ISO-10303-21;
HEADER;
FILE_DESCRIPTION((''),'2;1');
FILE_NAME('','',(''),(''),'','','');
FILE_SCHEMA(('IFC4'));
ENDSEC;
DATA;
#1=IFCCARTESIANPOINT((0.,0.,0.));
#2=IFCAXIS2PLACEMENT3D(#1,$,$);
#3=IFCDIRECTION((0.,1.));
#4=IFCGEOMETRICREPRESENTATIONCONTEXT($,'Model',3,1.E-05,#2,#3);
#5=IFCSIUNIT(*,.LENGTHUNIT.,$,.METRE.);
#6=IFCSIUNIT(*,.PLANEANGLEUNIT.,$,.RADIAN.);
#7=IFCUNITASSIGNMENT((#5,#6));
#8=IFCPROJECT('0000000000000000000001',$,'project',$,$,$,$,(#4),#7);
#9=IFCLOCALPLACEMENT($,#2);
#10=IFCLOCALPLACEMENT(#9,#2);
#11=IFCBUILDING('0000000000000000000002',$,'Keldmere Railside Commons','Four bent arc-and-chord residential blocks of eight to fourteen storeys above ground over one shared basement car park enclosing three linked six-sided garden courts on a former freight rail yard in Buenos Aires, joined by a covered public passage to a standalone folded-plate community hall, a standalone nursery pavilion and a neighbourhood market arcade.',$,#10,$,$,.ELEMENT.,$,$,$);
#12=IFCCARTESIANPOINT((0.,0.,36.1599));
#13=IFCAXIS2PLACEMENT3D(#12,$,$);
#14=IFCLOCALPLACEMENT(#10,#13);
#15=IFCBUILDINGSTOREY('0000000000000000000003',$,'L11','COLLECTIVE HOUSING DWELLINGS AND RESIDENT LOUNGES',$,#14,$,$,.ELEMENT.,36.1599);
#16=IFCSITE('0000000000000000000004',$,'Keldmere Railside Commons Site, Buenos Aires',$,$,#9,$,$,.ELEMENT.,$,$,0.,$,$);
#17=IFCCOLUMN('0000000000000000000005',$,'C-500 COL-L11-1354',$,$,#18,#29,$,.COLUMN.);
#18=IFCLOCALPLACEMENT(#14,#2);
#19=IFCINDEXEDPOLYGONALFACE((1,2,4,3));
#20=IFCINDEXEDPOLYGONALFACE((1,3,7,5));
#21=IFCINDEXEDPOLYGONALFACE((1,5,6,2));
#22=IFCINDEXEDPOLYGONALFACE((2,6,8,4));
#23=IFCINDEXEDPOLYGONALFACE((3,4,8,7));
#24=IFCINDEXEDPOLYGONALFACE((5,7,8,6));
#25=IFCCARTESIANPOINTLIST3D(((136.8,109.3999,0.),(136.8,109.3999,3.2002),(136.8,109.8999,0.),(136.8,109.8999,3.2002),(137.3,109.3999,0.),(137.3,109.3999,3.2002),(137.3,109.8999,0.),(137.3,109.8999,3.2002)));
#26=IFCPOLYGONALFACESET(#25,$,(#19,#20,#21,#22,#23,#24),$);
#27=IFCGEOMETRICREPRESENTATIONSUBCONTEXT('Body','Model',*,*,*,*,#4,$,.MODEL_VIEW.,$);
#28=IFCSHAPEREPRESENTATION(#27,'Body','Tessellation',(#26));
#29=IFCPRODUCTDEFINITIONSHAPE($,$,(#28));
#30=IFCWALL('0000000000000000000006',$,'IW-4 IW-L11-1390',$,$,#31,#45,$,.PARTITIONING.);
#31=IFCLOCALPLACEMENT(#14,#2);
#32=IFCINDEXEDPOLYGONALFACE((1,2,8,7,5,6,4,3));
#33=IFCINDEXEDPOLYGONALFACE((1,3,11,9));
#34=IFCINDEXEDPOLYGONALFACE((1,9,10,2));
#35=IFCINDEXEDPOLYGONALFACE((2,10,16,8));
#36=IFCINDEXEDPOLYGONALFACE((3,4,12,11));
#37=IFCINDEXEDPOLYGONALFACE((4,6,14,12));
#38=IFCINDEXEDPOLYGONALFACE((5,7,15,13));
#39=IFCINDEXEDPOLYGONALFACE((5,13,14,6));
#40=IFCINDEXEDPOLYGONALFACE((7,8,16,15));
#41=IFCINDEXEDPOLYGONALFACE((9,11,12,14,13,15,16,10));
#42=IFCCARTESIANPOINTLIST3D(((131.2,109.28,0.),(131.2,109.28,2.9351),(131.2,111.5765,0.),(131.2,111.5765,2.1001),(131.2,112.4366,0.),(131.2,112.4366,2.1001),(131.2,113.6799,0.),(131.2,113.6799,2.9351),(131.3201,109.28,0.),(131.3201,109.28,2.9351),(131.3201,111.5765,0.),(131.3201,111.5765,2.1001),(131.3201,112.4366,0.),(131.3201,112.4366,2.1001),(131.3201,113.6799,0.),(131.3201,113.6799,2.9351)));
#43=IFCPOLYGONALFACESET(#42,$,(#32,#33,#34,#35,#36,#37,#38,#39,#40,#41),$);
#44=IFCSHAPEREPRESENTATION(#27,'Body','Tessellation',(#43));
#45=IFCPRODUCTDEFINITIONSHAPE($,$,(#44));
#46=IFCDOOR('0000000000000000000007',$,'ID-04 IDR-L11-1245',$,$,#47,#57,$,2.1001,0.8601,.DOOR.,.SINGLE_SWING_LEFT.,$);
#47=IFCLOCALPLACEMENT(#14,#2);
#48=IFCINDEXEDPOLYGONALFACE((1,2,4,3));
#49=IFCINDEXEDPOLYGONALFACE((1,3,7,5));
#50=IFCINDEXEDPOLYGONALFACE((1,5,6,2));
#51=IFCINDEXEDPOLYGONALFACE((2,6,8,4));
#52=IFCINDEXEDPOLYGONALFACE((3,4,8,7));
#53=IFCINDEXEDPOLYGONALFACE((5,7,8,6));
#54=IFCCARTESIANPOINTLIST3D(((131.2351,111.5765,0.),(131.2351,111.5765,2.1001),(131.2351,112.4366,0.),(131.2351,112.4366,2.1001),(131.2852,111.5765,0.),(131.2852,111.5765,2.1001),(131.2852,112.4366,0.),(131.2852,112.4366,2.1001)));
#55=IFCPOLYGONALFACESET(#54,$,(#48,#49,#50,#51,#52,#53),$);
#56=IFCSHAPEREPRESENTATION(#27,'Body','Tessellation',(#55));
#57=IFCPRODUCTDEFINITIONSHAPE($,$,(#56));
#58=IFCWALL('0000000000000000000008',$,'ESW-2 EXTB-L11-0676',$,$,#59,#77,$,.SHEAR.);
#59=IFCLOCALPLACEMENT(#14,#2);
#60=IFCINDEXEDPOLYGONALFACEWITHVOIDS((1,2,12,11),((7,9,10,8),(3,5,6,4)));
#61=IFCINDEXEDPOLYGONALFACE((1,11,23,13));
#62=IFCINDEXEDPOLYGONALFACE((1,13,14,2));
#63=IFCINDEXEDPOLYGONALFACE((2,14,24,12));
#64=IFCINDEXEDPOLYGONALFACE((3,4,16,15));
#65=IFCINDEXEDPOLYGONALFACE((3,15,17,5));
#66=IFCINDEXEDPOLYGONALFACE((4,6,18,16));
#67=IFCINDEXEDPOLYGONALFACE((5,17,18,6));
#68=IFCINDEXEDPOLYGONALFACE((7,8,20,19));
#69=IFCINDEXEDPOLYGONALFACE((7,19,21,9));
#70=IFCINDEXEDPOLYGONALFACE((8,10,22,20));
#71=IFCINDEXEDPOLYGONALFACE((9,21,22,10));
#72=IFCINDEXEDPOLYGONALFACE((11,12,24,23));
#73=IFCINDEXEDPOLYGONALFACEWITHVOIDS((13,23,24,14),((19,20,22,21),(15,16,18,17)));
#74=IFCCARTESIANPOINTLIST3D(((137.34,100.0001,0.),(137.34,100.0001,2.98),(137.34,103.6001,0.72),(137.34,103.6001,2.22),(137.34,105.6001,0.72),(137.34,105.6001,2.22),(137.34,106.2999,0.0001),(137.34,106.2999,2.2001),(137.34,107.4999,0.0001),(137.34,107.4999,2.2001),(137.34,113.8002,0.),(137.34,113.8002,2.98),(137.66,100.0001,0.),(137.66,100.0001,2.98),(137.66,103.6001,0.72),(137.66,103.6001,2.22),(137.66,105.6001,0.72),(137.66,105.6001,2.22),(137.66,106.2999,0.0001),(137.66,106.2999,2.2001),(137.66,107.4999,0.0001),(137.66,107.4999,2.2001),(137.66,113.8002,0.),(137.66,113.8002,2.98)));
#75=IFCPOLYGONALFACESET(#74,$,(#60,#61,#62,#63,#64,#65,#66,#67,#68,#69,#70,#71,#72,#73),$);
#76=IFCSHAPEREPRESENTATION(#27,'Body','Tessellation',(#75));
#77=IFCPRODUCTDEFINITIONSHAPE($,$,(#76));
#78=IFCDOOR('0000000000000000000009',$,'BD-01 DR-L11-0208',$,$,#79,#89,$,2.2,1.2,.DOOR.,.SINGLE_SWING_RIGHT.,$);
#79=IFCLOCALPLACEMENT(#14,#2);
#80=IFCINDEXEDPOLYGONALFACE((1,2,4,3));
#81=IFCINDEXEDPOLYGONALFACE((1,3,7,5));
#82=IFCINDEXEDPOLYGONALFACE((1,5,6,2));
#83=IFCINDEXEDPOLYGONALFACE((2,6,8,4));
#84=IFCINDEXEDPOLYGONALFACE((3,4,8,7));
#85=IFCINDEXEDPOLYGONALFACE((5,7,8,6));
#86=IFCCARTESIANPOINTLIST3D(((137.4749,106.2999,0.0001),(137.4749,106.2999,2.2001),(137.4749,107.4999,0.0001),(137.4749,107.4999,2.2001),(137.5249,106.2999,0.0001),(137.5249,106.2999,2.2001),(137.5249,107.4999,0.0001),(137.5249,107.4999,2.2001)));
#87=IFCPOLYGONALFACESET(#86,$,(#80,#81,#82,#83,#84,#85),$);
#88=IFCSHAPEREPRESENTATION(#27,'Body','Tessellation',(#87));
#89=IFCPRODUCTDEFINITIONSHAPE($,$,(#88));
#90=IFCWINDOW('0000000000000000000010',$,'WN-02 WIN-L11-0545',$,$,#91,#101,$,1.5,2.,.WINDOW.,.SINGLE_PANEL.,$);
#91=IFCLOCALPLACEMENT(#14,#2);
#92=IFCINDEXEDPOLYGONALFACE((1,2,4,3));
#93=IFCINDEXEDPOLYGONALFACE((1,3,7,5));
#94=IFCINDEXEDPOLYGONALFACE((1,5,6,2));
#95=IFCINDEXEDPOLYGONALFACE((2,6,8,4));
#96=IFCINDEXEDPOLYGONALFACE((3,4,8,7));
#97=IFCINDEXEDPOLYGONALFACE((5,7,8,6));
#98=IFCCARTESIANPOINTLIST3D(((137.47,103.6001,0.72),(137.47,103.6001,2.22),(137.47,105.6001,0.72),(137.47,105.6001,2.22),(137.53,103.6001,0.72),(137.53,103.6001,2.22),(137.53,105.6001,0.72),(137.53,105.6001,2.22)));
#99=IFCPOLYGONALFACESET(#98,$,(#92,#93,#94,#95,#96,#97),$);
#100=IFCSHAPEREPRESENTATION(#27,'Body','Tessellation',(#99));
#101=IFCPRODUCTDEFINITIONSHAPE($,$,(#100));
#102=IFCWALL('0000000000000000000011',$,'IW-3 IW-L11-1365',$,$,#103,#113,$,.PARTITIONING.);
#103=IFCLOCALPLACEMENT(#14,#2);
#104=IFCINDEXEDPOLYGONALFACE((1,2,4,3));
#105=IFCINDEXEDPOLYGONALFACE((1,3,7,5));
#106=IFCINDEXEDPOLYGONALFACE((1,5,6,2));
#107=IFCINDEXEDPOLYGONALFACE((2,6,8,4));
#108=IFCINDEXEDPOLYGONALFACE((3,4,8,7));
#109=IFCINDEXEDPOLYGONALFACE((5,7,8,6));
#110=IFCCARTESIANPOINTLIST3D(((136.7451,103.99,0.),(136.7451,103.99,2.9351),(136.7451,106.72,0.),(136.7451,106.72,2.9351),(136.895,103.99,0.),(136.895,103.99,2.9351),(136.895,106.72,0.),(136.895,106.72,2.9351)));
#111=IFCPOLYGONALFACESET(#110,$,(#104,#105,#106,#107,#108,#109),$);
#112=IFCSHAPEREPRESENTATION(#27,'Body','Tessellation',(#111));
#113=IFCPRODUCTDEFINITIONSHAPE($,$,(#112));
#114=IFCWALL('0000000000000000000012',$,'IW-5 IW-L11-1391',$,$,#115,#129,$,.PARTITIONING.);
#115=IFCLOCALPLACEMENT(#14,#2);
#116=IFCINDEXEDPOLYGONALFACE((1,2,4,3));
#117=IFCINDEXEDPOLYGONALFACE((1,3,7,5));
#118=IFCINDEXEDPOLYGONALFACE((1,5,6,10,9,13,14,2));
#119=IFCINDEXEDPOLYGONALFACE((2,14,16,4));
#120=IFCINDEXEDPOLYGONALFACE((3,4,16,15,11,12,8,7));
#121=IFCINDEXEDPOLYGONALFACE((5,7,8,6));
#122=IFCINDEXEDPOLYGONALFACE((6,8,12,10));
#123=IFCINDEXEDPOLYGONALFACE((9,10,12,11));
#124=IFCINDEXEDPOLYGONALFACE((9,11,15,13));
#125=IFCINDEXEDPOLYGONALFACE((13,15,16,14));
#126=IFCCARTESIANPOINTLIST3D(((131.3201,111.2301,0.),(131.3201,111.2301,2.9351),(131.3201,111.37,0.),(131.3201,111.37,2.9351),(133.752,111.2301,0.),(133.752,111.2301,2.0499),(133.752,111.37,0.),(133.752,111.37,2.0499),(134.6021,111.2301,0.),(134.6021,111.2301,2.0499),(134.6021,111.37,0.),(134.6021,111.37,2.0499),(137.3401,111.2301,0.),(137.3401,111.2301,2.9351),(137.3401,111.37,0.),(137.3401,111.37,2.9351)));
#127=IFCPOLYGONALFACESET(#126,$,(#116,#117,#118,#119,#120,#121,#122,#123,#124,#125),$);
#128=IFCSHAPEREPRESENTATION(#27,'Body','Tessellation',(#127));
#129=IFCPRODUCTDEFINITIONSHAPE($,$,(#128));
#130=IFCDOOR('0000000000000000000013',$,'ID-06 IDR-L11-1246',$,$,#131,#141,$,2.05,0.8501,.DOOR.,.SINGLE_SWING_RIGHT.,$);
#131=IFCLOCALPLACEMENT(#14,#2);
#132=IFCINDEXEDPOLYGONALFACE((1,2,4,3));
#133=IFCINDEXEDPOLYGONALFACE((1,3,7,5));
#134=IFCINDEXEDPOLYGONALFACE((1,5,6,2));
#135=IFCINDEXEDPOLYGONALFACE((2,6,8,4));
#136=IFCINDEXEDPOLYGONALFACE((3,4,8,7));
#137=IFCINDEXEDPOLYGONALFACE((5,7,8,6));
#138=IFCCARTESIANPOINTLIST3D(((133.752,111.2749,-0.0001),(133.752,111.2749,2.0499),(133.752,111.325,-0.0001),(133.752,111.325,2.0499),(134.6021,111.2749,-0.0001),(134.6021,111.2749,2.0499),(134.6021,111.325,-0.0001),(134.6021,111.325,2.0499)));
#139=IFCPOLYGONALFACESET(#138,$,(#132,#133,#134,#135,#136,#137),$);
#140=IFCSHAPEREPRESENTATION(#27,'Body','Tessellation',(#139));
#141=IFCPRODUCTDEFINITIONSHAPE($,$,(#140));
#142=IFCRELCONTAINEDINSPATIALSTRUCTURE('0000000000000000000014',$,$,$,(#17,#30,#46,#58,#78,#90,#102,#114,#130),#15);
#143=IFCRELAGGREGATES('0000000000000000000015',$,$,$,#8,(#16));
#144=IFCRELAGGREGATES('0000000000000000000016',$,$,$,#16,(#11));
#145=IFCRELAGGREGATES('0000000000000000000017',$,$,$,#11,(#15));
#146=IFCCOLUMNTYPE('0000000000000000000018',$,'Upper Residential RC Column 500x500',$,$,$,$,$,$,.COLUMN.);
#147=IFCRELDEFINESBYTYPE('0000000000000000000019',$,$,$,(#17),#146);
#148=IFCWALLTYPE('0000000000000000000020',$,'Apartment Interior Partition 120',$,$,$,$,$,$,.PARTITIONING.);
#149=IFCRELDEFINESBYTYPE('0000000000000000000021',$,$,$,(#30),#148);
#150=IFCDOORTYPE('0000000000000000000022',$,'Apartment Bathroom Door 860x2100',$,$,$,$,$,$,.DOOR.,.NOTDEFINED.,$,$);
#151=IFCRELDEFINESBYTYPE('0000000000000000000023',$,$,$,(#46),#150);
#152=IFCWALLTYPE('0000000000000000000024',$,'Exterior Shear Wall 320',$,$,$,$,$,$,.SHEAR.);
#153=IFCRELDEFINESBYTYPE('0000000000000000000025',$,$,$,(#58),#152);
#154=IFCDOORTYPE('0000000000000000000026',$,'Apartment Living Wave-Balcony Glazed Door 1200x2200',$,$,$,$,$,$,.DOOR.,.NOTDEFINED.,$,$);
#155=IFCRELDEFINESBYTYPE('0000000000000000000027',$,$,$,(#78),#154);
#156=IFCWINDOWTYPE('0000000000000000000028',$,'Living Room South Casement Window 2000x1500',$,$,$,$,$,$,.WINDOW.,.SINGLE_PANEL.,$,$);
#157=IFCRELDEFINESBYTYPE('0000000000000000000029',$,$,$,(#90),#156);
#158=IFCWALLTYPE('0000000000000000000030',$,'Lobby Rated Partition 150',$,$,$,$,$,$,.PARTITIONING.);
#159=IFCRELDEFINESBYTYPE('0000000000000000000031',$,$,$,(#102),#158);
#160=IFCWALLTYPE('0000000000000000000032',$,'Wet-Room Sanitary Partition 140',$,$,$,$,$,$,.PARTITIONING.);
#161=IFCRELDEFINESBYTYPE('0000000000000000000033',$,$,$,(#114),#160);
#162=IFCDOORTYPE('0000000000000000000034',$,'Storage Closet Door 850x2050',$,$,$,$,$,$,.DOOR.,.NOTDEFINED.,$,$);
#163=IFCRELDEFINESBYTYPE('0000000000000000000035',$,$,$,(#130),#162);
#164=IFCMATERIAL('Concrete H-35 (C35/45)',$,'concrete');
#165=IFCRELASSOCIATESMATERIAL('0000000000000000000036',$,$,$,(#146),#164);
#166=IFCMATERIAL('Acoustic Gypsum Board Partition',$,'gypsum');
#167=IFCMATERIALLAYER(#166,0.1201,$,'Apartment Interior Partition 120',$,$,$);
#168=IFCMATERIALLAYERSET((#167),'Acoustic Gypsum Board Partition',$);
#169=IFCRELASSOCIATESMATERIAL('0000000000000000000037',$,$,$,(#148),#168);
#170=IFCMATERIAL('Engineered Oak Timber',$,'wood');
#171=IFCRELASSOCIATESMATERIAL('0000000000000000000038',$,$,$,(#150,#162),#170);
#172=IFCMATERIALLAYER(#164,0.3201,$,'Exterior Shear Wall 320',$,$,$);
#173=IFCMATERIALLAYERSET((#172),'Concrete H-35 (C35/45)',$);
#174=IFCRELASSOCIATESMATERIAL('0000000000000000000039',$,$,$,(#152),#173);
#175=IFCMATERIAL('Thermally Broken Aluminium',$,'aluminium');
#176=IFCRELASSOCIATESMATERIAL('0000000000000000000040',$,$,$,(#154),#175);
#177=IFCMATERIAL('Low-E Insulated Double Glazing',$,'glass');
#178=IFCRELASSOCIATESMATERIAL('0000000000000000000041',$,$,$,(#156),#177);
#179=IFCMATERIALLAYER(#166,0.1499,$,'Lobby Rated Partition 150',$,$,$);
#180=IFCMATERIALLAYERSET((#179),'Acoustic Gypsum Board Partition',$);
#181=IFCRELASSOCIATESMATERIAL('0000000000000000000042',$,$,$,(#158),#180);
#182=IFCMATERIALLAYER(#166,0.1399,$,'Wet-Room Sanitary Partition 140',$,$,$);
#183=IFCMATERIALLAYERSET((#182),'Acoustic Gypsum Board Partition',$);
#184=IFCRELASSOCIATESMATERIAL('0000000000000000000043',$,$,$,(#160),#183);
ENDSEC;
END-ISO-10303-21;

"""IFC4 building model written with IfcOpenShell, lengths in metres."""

from ifc_helpers import new_model, si_unit, direction, frame, frame_2d, origin, origin_2d, place, context, subcontext, project, spatial, rectangle, extrude, material, layer, layer_set, material_profile, profile_set, type_object, element, fill, save


model = new_model("IFC4")

# Units and contexts
model_context = context("Model", 3, precision=1e-05, world=origin(), true_north=direction((0.0, 1.0)))
body_context = subcontext(model_context, "Body", "Model", "MODEL_VIEW")
ifc_project = project(units=[si_unit("LENGTHUNIT", "METRE"), si_unit("PLANEANGLEUNIT", "RADIAN")], contexts=[model_context])

# Site, building, storey
site_placement = place(None, origin())
site = spatial("IfcSite", under=ifc_project, at=site_placement, Name="Keldmere Railside Commons Site, Buenos Aires", CompositionType="ELEMENT", RefElevation=0.0)
building_placement = place(site_placement, origin())
building = spatial("IfcBuilding", under=site, at=building_placement, Name="Keldmere Railside Commons", Description="Four bent arc-and-chord residential blocks of eight to fourteen storeys above ground over one shared basement car park enclosing three linked six-sided garden courts on a former freight rail yard in Buenos Aires, joined by a covered public passage to a standalone folded-plate community hall, a standalone nursery pavilion and a neighbourhood market arcade.", CompositionType="ELEMENT")
storey_placement = place(building_placement, frame((0.0, 0.0, 36.1599)))
storey = spatial("IfcBuildingStorey", under=building, at=storey_placement, Name="L11", Description="COLLECTIVE HOUSING DWELLINGS AND RESIDENT LOUNGES", CompositionType="ELEMENT", Elevation=36.1599)

# Column
ifc_material_1 = material(Name="Concrete H-35 (C35/45)", Category="concrete")
ifc_material_profile = material_profile(ifc_material_1, rectangle(XDim=0.5, YDim=0.5, at=origin_2d()), Name="RC-500x500")
ifc_profile_set = profile_set([ifc_material_profile], Name="Concrete H-35 (C35/45)")
column_type = type_object("IfcColumnType", Name="Upper Residential RC Column 500x500", PredefinedType="COLUMN", material=ifc_profile_set)
column_placement = place(storey_placement, frame((137.05, 109.6499, 0.0), z_axis=(0.0, 0.0, 1.0), x_axis=(1.0, 0.0, 0.0)))
element("IfcColumn", 1, at=column_placement, inside=storey, type_object=column_type, Name="C-500 COL-L11-1354", PredefinedType="COLUMN", context=body_context, shape_type="SweptSolid", body=[
    extrude(rectangle(XDim=0.5, YDim=0.5, at=origin_2d()), origin(), (0.0, 0.0, 1.0), 3.2002),
])

# Wall, opening, door
ifc_material_2 = material(Name="Acoustic Gypsum Board Partition", Category="gypsum")
ifc_layer_1 = layer(ifc_material_2, 0.1201, Name="Apartment Interior Partition 120")
ifc_layer_set_1 = layer_set([ifc_layer_1], Name="Acoustic Gypsum Board Partition")
wall_type_1 = type_object("IfcWallType", Name="Apartment Interior Partition 120", PredefinedType="PARTITIONING", material=ifc_layer_set_1)
wall_1_placement = place(storey_placement, frame((131.26, 109.28, 0.0), z_axis=(0.0, 0.0, 1.0), x_axis=(0.0, 1.0, 0.0)))
wall_1 = element("IfcWall", 2, at=wall_1_placement, inside=storey, type_object=wall_type_1, Name="IW-4 IW-L11-1390", PredefinedType="PARTITIONING", context=body_context, shape_type="SweptSolid", body=[
    extrude(rectangle(XDim=4.3999, YDim=0.1201, at=frame_2d((2.2, 0.0))), origin(), (0.0, 0.0, 1.0), 2.9351),
])
opening_1_placement = place(wall_1_placement, frame((2.2964, 0.0, 0.0)))
opening_1 = element("IfcOpeningElement", 3, at=opening_1_placement, cuts=wall_1, PredefinedType="OPENING", context=body_context, shape_type="SweptSolid", body=[
    extrude(rectangle(XDim=0.8601, YDim=2.1001, at=frame_2d((0.4302, 1.05))), frame((0.0, 0.0701, 0.0), z_axis=(0.0, -1.0, 0.0), x_axis=(1.0, 0.0, 0.0)), (0.0, 0.0, 1.0), 0.1401),
])
ifc_material_3 = material(Name="Engineered Oak Timber", Category="wood")
door_type_1 = type_object("IfcDoorType", Name="Apartment Bathroom Door 860x2100", OperationType="NOTDEFINED", PredefinedType="DOOR", material=ifc_material_3)
door_1_placement = place(opening_1_placement, origin())
door_1 = element("IfcDoor", 4, at=door_1_placement, inside=storey, type_object=door_type_1, Name="ID-04 IDR-L11-1245", OperationType="SINGLE_SWING_LEFT", OverallHeight=2.1001, OverallWidth=0.8601, PredefinedType="DOOR", context=body_context, shape_type="SweptSolid", body=[
    extrude(rectangle(XDim=0.8601, YDim=2.1001, at=frame_2d((0.4302, 1.05))), frame((0.0, 0.0249, 0.0), z_axis=(0.0, -1.0, 0.0), x_axis=(1.0, 0.0, 0.0)), (0.0, 0.0, 1.0), 0.05),
])
fill(opening_1, door_1)

# Wall, openings, door, window
ifc_layer_2 = layer(ifc_material_1, 0.3201, Name="Exterior Shear Wall 320")
ifc_layer_set_2 = layer_set([ifc_layer_2], Name="Concrete H-35 (C35/45)")
wall_type_2 = type_object("IfcWallType", Name="Exterior Shear Wall 320", PredefinedType="SHEAR", material=ifc_layer_set_2)
wall_2_placement = place(storey_placement, frame((137.5, 113.8, 0.0), z_axis=(0.0, 0.0, 1.0), x_axis=(0.0, -1.0, 0.0)))
wall_2 = element("IfcWall", 5, at=wall_2_placement, inside=storey, type_object=wall_type_2, Name="ESW-2 EXTB-L11-0676", PredefinedType="SHEAR", context=body_context, shape_type="SweptSolid", body=[
    extrude(rectangle(XDim=13.8, YDim=0.3201, at=frame_2d((6.8999, 0.0))), origin(), (0.0, 0.0, 1.0), 2.98),
])
opening_2_placement = place(wall_2_placement, frame((6.3, 0.0, 0.0)))
opening_2 = element("IfcOpeningElement", 6, at=opening_2_placement, cuts=wall_2, PredefinedType="OPENING", context=body_context, shape_type="SweptSolid", body=[
    extrude(rectangle(XDim=1.2, YDim=2.2, at=frame_2d((0.6001, 1.1001))), frame((0.0, 0.1699, 0.0), z_axis=(0.0, -1.0, 0.0), x_axis=(1.0, 0.0, 0.0)), (0.0, 0.0, 1.0), 0.3401),
])
opening_3_placement = place(wall_2_placement, frame((8.2, 0.0, 0.72)))
opening_3 = element("IfcOpeningElement", 7, at=opening_3_placement, cuts=wall_2, PredefinedType="OPENING", context=body_context, shape_type="SweptSolid", body=[
    extrude(rectangle(XDim=2.0, YDim=1.5, at=frame_2d((1.0, 0.75))), frame((0.0, 0.1699, 0.0), z_axis=(0.0, -1.0, 0.0), x_axis=(1.0, 0.0, 0.0)), (0.0, 0.0, 1.0), 0.3401),
])
ifc_material_4 = material(Name="Thermally Broken Aluminium", Category="aluminium")
door_type_2 = type_object("IfcDoorType", Name="Apartment Living Wave-Balcony Glazed Door 1200x2200", OperationType="NOTDEFINED", PredefinedType="DOOR", material=ifc_material_4)
door_2_placement = place(opening_2_placement, origin())
door_2 = element("IfcDoor", 8, at=door_2_placement, inside=storey, type_object=door_type_2, Name="BD-01 DR-L11-0208", OperationType="SINGLE_SWING_RIGHT", OverallHeight=2.2, OverallWidth=1.2, PredefinedType="DOOR", context=body_context, shape_type="SweptSolid", body=[
    extrude(rectangle(XDim=1.2, YDim=2.2, at=frame_2d((0.6001, 1.1001))), frame((0.0, 0.0249, 0.0), z_axis=(0.0, -1.0, 0.0), x_axis=(1.0, 0.0, 0.0)), (0.0, 0.0, 1.0), 0.05),
])
fill(opening_2, door_2)
ifc_material_5 = material(Name="Low-E Insulated Double Glazing", Category="glass")
window_type = type_object("IfcWindowType", Name="Living Room South Casement Window 2000x1500", PartitioningType="SINGLE_PANEL", PredefinedType="WINDOW", material=ifc_material_5)
window_placement = place(opening_3_placement, origin())
window = element("IfcWindow", 9, at=window_placement, inside=storey, type_object=window_type, Name="WN-02 WIN-L11-0545", OverallHeight=1.5, OverallWidth=2.0, PartitioningType="SINGLE_PANEL", PredefinedType="WINDOW", context=body_context, shape_type="SweptSolid", body=[
    extrude(rectangle(XDim=2.0, YDim=1.5, at=frame_2d((1.0, 0.75))), frame((0.0, 0.03, 0.0), z_axis=(0.0, -1.0, 0.0), x_axis=(1.0, 0.0, 0.0)), (0.0, 0.0, 1.0), 0.0601),
])
fill(opening_3, window)

# Wall
ifc_layer_3 = layer(ifc_material_2, 0.1499, Name="Lobby Rated Partition 150")
ifc_layer_set_3 = layer_set([ifc_layer_3], Name="Acoustic Gypsum Board Partition")
wall_type_3 = type_object("IfcWallType", Name="Lobby Rated Partition 150", PredefinedType="PARTITIONING", material=ifc_layer_set_3)
wall_3_placement = place(storey_placement, frame((136.8201, 103.99, 0.0), z_axis=(0.0, 0.0, 1.0), x_axis=(0.0, 1.0, 0.0)))
element("IfcWall", 10, at=wall_3_placement, inside=storey, type_object=wall_type_3, Name="IW-3 IW-L11-1365", PredefinedType="PARTITIONING", context=body_context, shape_type="SweptSolid", body=[
    extrude(rectangle(XDim=2.73, YDim=0.1499, at=frame_2d((1.365, 0.0))), origin(), (0.0, 0.0, 1.0), 2.9351),
])

# Wall, opening, door
ifc_layer_4 = layer(ifc_material_2, 0.1399, Name="Wet-Room Sanitary Partition 140")
ifc_layer_set_4 = layer_set([ifc_layer_4], Name="Acoustic Gypsum Board Partition")
wall_type_4 = type_object("IfcWallType", Name="Wet-Room Sanitary Partition 140", PredefinedType="PARTITIONING", material=ifc_layer_set_4)
wall_4_placement = place(storey_placement, frame((131.3201, 111.3, 0.0), z_axis=(0.0, 0.0, 1.0), x_axis=(1.0, 0.0, 0.0)))
wall_4 = element("IfcWall", 11, at=wall_4_placement, inside=storey, type_object=wall_type_4, Name="IW-5 IW-L11-1391", PredefinedType="PARTITIONING", context=body_context, shape_type="SweptSolid", body=[
    extrude(rectangle(XDim=6.02, YDim=0.1399, at=frame_2d((3.01, 0.0))), origin(), (0.0, 0.0, 1.0), 2.9351),
])
opening_4_placement = place(wall_4_placement, frame((2.4319, 0.0, 0.0)))
opening_4 = element("IfcOpeningElement", 12, at=opening_4_placement, cuts=wall_4, PredefinedType="OPENING", context=body_context, shape_type="SweptSolid", body=[
    extrude(rectangle(XDim=0.8501, YDim=2.05, at=frame_2d((0.425, 1.0249))), frame((0.0, 0.0798, 0.0), z_axis=(0.0, -1.0, 0.0), x_axis=(1.0, 0.0, 0.0)), (0.0, 0.0, 1.0), 0.1599),
])
door_type_3 = type_object("IfcDoorType", Name="Storage Closet Door 850x2050", OperationType="NOTDEFINED", PredefinedType="DOOR", material=ifc_material_3)
door_3_placement = place(opening_4_placement, origin())
door_3 = element("IfcDoor", 13, at=door_3_placement, inside=storey, type_object=door_type_3, Name="ID-06 IDR-L11-1246", OperationType="SINGLE_SWING_RIGHT", OverallHeight=2.05, OverallWidth=0.8501, PredefinedType="DOOR", context=body_context, shape_type="SweptSolid", body=[
    extrude(rectangle(XDim=0.8501, YDim=2.05, at=frame_2d((0.425, 1.0249))), frame((0.0, 0.0249, 0.0), z_axis=(0.0, -1.0, 0.0), x_axis=(1.0, 0.0, 0.0)), (0.0, 0.0, 1.0), 0.05),
])
fill(opening_4, door_3)

save(model, "model.ifc")
